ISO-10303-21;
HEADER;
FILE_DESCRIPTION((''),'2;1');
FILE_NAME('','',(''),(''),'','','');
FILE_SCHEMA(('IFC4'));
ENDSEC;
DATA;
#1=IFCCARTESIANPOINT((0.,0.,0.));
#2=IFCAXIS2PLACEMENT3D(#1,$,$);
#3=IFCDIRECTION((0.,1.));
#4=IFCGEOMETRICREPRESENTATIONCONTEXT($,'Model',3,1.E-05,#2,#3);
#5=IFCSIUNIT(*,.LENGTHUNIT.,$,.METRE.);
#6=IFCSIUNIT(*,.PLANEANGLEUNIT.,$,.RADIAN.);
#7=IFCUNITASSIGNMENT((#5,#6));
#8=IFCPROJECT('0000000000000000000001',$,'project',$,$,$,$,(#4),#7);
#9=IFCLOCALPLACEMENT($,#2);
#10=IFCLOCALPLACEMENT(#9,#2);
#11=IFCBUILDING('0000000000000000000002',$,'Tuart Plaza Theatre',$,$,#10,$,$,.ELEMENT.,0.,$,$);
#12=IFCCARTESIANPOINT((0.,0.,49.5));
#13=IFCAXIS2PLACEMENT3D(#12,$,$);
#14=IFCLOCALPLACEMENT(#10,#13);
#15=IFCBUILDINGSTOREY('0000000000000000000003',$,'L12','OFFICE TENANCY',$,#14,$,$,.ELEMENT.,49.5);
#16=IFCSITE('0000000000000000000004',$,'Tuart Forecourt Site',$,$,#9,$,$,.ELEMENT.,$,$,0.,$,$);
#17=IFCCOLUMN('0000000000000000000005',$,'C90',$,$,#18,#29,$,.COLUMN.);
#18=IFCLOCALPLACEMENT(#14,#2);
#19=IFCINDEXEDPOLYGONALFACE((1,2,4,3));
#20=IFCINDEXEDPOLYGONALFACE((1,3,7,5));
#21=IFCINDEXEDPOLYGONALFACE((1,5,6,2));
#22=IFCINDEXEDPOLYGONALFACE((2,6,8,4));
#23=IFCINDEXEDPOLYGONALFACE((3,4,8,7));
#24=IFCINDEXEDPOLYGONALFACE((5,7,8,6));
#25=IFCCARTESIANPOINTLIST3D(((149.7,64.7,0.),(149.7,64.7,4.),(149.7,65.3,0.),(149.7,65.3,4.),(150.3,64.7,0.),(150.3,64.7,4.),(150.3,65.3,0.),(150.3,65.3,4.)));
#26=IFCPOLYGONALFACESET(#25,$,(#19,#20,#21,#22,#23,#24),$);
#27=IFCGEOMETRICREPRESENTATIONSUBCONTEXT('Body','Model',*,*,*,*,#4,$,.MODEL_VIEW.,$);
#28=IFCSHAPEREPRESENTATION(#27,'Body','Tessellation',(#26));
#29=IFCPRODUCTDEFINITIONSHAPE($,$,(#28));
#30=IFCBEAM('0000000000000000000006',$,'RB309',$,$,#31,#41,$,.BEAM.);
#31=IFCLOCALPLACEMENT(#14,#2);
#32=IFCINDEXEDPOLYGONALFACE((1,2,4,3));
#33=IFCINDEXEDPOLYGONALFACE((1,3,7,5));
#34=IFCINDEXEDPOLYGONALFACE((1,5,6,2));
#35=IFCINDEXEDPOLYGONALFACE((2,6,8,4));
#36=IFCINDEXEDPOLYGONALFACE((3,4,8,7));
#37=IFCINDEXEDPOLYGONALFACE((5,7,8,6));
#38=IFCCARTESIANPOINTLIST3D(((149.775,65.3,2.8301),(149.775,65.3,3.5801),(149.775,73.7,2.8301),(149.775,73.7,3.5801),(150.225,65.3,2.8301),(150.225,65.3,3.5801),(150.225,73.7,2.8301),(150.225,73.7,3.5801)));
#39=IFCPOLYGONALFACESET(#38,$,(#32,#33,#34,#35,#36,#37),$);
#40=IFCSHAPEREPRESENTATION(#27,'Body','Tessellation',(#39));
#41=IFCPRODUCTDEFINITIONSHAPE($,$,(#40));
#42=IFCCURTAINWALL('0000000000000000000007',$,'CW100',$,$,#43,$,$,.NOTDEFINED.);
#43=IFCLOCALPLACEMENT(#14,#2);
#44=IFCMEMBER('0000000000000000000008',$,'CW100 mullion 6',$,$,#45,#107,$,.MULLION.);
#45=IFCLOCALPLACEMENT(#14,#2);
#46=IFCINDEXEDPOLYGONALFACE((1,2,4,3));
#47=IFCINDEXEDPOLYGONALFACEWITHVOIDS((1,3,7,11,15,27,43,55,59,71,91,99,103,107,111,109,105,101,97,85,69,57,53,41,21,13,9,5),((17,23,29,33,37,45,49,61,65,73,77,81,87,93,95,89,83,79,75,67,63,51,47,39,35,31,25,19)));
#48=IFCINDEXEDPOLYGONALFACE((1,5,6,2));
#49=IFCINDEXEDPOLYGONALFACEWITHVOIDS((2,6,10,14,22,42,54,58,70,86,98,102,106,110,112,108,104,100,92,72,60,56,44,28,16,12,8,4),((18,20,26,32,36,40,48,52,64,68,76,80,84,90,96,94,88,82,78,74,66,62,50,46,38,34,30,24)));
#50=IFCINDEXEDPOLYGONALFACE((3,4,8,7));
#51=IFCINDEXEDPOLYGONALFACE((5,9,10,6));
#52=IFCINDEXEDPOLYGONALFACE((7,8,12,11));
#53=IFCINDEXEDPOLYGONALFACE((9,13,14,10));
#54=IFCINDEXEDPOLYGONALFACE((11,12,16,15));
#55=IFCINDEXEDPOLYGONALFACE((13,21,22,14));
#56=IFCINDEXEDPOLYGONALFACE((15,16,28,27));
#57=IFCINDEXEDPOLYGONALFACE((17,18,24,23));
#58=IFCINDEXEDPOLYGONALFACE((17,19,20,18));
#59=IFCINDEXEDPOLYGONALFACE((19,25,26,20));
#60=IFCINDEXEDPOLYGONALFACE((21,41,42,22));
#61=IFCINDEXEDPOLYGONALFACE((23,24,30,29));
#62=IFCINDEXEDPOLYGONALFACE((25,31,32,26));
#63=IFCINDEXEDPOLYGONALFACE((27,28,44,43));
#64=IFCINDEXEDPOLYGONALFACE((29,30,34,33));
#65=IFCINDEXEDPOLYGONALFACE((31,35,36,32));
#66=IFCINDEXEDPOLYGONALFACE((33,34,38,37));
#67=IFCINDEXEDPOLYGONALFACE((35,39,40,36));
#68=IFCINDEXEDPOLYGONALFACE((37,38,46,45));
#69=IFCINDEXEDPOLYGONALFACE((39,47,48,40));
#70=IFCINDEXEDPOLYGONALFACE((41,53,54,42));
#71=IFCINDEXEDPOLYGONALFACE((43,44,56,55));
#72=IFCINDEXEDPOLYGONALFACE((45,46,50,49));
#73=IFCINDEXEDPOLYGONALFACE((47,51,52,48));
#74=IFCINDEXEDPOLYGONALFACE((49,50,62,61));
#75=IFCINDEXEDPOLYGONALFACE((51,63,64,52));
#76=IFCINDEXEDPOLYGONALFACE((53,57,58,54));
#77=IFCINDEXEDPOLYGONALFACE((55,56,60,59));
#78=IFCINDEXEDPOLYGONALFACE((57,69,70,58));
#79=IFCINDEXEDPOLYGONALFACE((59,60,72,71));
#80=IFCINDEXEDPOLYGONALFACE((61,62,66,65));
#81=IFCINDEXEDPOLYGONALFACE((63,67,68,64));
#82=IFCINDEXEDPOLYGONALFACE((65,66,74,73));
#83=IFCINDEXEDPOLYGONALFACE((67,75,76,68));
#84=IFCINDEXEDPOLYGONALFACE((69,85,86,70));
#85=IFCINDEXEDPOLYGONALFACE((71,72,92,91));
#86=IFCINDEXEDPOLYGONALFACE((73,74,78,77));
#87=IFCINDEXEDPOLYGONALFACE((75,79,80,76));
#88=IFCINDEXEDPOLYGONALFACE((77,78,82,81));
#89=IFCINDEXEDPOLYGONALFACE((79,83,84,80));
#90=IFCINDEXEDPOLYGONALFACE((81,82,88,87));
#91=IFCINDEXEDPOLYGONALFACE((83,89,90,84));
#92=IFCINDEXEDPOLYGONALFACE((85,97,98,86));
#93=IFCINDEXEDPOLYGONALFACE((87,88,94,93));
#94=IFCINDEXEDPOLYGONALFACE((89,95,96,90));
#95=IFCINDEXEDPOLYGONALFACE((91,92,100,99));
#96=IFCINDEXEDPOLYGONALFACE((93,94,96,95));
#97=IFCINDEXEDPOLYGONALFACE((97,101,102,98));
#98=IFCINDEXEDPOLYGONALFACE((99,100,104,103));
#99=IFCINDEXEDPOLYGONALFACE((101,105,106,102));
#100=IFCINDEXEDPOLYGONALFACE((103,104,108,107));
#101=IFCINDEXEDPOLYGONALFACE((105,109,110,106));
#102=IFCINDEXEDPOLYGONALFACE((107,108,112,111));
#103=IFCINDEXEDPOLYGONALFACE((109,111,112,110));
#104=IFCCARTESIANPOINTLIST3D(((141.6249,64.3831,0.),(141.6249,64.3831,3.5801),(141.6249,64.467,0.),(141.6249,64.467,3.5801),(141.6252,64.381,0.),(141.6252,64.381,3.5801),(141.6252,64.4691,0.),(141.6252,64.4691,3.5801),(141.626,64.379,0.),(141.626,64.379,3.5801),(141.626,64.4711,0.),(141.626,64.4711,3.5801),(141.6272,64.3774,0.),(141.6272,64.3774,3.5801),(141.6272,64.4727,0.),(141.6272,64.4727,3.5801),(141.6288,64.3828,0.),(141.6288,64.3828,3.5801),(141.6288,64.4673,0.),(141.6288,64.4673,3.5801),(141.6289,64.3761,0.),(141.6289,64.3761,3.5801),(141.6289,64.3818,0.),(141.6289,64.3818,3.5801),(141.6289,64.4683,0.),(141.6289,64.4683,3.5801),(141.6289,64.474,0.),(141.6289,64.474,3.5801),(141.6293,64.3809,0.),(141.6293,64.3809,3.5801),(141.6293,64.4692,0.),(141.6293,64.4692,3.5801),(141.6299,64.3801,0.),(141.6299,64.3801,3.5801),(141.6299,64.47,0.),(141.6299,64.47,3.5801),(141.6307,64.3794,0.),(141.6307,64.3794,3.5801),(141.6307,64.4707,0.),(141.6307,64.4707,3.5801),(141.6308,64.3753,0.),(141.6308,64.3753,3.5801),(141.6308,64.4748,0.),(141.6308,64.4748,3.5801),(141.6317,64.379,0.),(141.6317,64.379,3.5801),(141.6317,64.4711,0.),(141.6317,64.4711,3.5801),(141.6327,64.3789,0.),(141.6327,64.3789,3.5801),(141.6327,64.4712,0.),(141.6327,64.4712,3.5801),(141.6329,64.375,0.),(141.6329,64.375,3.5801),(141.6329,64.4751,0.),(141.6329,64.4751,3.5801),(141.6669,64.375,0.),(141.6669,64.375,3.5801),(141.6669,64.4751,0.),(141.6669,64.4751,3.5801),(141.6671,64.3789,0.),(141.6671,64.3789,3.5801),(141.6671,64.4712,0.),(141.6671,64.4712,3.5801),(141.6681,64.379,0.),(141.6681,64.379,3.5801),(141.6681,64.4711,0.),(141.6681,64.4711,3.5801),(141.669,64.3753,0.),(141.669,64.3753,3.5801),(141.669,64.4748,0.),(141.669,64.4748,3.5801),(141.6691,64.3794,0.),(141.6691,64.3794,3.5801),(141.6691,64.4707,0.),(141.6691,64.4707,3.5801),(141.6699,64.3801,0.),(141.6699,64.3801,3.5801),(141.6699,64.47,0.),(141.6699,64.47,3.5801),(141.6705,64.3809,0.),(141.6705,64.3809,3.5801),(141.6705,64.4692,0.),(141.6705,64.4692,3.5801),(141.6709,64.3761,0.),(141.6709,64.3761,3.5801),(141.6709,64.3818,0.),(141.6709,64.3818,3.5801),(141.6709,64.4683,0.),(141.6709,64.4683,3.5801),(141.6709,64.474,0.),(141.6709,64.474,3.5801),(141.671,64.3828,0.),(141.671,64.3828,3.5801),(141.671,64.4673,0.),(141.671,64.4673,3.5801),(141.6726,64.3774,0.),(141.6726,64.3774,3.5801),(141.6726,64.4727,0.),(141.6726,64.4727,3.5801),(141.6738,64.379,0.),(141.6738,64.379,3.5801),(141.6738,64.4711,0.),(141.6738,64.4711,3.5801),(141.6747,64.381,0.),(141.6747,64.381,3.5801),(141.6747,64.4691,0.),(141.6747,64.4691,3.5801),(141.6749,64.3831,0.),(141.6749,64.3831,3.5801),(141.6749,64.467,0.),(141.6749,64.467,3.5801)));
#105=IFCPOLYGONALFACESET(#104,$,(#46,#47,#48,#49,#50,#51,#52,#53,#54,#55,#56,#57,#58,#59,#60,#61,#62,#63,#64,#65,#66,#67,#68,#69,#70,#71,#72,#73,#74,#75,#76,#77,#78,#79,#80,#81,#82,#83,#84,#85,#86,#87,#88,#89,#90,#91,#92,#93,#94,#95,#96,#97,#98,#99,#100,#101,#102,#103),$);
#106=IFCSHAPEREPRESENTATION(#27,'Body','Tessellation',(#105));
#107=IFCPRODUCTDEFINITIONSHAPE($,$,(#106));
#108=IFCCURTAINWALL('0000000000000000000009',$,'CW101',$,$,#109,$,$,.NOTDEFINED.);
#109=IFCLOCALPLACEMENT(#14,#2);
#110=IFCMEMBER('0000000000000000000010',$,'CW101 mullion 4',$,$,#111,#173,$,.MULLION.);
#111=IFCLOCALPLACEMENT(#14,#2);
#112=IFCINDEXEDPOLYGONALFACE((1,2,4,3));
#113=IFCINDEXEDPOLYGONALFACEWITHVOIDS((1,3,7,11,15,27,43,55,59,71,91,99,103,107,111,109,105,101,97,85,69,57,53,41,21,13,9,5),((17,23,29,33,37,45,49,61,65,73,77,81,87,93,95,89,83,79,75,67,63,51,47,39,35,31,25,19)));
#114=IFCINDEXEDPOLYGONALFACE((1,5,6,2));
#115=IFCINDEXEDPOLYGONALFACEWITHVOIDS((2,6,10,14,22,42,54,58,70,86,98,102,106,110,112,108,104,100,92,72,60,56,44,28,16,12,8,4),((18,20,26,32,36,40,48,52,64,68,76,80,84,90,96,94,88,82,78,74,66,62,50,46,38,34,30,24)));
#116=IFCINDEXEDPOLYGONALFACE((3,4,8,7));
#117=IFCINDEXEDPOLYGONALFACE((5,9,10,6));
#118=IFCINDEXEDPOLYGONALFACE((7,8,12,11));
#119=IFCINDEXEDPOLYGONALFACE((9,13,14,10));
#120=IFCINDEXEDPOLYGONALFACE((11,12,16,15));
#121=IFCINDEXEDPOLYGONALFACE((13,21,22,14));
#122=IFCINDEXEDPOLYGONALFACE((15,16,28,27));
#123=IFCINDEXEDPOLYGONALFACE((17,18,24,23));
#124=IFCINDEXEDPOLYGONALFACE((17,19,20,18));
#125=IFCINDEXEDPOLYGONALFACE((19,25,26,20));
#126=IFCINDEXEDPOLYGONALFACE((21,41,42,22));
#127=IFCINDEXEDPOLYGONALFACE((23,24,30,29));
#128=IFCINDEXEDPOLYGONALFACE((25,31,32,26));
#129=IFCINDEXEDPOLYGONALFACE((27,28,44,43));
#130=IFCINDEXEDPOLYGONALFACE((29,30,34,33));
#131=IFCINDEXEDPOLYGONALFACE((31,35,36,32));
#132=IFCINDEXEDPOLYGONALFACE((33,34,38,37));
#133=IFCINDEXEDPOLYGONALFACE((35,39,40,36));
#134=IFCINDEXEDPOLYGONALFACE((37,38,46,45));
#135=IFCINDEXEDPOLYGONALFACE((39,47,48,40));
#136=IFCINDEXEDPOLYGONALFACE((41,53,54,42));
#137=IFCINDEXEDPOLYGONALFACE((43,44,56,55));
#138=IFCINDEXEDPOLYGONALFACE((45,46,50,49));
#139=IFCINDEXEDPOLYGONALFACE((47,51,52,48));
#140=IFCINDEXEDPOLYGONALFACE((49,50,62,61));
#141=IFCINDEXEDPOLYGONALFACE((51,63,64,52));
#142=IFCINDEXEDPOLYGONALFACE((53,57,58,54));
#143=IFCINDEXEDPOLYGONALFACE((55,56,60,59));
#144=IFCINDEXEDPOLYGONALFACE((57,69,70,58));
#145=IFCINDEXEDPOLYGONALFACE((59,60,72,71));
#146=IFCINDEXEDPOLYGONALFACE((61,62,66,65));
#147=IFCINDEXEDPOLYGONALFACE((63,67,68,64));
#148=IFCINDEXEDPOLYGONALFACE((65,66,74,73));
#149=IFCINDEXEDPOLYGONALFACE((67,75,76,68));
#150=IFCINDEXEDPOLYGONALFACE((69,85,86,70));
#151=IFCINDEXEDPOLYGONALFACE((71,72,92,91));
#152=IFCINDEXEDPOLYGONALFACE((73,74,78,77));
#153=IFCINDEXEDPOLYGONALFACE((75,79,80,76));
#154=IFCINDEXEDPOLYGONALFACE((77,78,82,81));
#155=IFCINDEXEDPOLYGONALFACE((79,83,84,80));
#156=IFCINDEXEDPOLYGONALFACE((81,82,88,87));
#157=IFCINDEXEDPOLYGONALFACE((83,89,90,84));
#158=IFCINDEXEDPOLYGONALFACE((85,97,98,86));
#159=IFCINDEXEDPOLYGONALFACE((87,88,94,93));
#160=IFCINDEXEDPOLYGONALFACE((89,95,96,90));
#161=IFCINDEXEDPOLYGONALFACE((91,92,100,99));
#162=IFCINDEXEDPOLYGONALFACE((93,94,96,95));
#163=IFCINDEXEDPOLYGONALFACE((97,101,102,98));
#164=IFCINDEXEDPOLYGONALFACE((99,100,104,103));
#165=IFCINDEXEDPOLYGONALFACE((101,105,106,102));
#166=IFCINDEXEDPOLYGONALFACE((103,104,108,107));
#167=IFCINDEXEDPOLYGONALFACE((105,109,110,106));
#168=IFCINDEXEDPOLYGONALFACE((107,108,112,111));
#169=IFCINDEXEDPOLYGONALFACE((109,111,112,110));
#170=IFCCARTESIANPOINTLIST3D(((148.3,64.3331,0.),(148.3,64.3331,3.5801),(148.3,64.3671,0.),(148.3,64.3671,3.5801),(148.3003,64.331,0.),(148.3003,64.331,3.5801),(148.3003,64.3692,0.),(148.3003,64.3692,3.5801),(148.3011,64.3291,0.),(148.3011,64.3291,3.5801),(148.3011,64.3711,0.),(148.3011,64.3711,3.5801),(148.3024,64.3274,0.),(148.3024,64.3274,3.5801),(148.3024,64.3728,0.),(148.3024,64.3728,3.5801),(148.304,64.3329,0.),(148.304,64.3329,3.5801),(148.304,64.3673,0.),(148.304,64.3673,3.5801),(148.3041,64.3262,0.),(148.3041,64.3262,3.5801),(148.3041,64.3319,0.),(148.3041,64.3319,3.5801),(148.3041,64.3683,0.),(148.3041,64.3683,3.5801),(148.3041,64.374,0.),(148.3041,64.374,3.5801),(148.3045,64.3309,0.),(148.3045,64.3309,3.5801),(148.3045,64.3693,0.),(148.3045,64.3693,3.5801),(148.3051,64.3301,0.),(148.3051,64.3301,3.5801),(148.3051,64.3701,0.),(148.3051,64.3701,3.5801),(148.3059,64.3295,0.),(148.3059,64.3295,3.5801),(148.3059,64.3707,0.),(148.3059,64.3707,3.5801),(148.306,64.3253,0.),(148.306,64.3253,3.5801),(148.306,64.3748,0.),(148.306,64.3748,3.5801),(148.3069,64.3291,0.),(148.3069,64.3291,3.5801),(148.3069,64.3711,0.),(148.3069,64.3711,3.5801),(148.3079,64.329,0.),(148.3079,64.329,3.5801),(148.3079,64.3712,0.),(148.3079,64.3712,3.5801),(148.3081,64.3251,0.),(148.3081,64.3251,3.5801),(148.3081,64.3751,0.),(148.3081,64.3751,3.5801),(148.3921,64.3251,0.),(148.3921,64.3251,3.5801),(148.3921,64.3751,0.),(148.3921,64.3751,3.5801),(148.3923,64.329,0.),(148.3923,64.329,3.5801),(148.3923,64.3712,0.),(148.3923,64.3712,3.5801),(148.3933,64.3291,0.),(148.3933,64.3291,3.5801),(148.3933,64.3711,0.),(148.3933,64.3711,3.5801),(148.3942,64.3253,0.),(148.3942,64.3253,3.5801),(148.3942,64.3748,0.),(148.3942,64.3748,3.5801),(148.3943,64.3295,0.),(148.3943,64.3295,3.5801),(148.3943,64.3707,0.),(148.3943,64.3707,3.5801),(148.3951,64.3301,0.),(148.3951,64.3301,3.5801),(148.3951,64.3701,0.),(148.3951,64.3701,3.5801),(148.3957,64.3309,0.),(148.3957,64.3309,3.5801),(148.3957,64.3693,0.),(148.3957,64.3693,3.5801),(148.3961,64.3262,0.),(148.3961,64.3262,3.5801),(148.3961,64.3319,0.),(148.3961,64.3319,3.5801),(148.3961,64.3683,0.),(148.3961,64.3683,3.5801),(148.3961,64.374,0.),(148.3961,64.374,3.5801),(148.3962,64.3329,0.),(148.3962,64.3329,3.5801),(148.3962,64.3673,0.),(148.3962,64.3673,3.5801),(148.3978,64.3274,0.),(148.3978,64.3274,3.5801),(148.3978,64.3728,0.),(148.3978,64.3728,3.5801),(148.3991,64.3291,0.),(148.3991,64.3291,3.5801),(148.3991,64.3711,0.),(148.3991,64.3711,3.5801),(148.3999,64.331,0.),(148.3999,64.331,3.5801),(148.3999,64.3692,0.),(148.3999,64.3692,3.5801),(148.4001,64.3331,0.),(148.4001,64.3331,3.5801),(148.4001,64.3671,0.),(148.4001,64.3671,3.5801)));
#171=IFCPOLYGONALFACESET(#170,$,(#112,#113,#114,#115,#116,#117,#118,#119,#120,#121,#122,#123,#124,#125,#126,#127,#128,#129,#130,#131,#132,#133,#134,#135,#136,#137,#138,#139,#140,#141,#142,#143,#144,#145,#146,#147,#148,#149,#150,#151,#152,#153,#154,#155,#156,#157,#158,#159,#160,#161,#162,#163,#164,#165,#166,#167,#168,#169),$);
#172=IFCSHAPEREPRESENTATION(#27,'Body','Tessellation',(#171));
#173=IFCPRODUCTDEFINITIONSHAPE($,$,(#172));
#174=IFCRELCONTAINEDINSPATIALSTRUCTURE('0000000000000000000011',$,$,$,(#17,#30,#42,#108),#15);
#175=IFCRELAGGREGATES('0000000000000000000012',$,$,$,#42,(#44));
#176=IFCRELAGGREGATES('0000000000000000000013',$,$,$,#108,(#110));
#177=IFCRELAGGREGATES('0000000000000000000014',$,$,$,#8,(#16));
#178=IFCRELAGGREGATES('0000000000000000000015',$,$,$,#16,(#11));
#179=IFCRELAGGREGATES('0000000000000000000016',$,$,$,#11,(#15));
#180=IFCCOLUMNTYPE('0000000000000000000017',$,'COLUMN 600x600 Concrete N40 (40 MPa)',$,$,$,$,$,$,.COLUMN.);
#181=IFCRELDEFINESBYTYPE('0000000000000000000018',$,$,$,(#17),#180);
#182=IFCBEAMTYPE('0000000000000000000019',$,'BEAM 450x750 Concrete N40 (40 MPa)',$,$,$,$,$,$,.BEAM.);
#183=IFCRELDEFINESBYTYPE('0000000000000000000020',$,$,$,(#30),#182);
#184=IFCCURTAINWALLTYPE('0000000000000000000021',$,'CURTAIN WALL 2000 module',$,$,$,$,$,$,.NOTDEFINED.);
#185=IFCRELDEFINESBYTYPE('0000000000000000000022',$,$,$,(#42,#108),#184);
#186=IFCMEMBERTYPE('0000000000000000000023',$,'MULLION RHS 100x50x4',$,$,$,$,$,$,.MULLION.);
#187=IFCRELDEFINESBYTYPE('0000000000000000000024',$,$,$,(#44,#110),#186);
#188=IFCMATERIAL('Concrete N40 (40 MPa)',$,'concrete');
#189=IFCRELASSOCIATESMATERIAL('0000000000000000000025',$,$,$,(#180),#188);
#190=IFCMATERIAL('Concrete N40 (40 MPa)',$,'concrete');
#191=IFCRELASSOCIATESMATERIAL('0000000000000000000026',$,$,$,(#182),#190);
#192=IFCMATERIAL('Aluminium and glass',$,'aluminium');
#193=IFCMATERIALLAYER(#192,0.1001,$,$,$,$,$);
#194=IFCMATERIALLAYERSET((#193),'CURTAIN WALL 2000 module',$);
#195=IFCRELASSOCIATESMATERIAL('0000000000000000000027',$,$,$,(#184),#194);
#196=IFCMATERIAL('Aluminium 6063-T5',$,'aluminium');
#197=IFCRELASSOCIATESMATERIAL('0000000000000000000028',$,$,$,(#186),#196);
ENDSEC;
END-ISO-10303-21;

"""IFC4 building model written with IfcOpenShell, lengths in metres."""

from ifc_helpers import new_model, si_unit, direction, frame, origin, origin_2d, place, context, subcontext, project, spatial, rectangle, hollow_rectangle, extrude, material, layer, layer_set, material_profile, profile_set, type_object, element, aggregate, save


model = new_model("IFC4")

# Units and contexts
model_context = context("Model", 3, precision=1e-05, world=origin(), true_north=direction((0.0, 1.0)))
body_context = subcontext(model_context, "Body", "Model", "MODEL_VIEW")
ifc_project = project(units=[si_unit("LENGTHUNIT", "METRE"), si_unit("PLANEANGLEUNIT", "RADIAN")], contexts=[model_context])

# Site, building, storey
site_placement = place(None, origin())
site = spatial("IfcSite", under=ifc_project, at=site_placement, Name="Tuart Forecourt Site", CompositionType="ELEMENT", RefElevation=0.0)
building_placement = place(site_placement, origin())
building = spatial("IfcBuilding", under=site, at=building_placement, Name="Tuart Plaza Theatre", CompositionType="ELEMENT", ElevationOfRefHeight=0.0)
storey_placement = place(building_placement, frame((0.0, 0.0, 49.5)))
storey = spatial("IfcBuildingStorey", under=building, at=storey_placement, Name="L12", Description="OFFICE TENANCY", CompositionType="ELEMENT", Elevation=49.5)

# Column
ifc_material_1 = material(Name="Concrete N40 (40 MPa)", Category="concrete")
ifc_material_profile_1 = material_profile(ifc_material_1, rectangle(XDim=0.6001, YDim=0.6001, at=origin_2d()), Name="COLUMN 600x600 Concrete N40 (40 MPa)")
ifc_profile_set_1 = profile_set([ifc_material_profile_1], Name="Concrete N40 (40 MPa)")
column_type = type_object("IfcColumnType", Name="COLUMN 600x600 Concrete N40 (40 MPa)", PredefinedType="COLUMN", material=ifc_profile_set_1)
column_placement = place(storey_placement, frame((150.0, 65.0, 0.0), z_axis=(0.0, 0.0, 1.0), x_axis=(1.0, 0.0, 0.0)))
element("IfcColumn", 1, at=column_placement, inside=storey, type_object=column_type, Name="C90", PredefinedType="COLUMN", context=body_context, shape_type="SweptSolid", body=[
    extrude(rectangle(XDim=0.6001, YDim=0.6001, at=origin_2d()), origin(), (0.0, 0.0, 1.0), 4.0),
])

# Beam
ifc_material_2 = material(Name="Concrete N40 (40 MPa)", Category="concrete")
ifc_material_profile_2 = material_profile(ifc_material_2, rectangle(XDim=0.45, YDim=0.75, at=origin_2d()), Name="BEAM 450x750 Concrete N40 (40 MPa)")
ifc_profile_set_2 = profile_set([ifc_material_profile_2], Name="Concrete N40 (40 MPa)")
beam_type = type_object("IfcBeamType", Name="BEAM 450x750 Concrete N40 (40 MPa)", PredefinedType="BEAM", material=ifc_profile_set_2)
beam_placement = place(storey_placement, frame((150.0, 65.3, 3.2051), z_axis=(0.0, 1.0, 0.0), x_axis=(-1.0, 0.0, 0.0)))
element("IfcBeam", 2, at=beam_placement, inside=storey, type_object=beam_type, Name="RB309", PredefinedType="BEAM", context=body_context, shape_type="SweptSolid", body=[
    extrude(rectangle(XDim=0.45, YDim=0.75, at=origin_2d()), origin(), (0.0, 0.0, 1.0), 8.3999),
])

# Curtain wall, member
ifc_material_3 = material(Name="Aluminium and glass", Category="aluminium")
ifc_layer_1 = layer(ifc_material_3, 0.1001)
ifc_layer_set_1 = layer_set([ifc_layer_1], Name="CURTAIN WALL 2000 module")
curtain_wall_type = type_object("IfcCurtainWallType", Name="CURTAIN WALL 2000 module", PredefinedType="NOTDEFINED", material=ifc_layer_set_1)
curtain_wall_1_placement = place(storey_placement, origin())
curtain_wall_1 = element("IfcCurtainWall", 3, at=curtain_wall_1_placement, inside=storey, type_object=curtain_wall_type, Name="CW100", PredefinedType="NOTDEFINED")
ifc_material_4 = material(Name="Aluminium 6063-T5", Category="aluminium")
ifc_material_profile_3 = material_profile(ifc_material_4, hollow_rectangle(XDim=0.05, YDim=0.1001, WallThickness=0.0039, InnerFilletRadius=0.0039, OuterFilletRadius=0.0081, at=origin_2d()), Name="RHS 100x50x4")
ifc_profile_set_3 = profile_set([ifc_material_profile_3], Name="Aluminium 6063-T5")
member_type_1 = type_object("IfcMemberType", Name="MULLION RHS 100x50x4", PredefinedType="MULLION", material=ifc_profile_set_3)
member_1_placement = place(storey_placement, frame((141.6499, 64.425, 0.0), z_axis=(0.0, 0.0, 1.0), x_axis=(-1.0, 0.0, 0.0)))
member_1 = element("IfcMember", 4, at=member_1_placement, type_object=member_type_1, Name="CW100 mullion 6", PredefinedType="MULLION", context=body_context, shape_type="SweptSolid", body=[
    extrude(hollow_rectangle(XDim=0.05, YDim=0.1001, WallThickness=0.0039, InnerFilletRadius=0.0039, OuterFilletRadius=0.0081, at=origin_2d()), origin(), (0.0, 0.0, 1.0), 3.5801),
])
aggregate(curtain_wall_1, [member_1])

# Curtain wall, member
curtain_wall_2_placement = place(storey_placement, origin())
curtain_wall_2 = element("IfcCurtainWall", 5, at=curtain_wall_2_placement, inside=storey, type_object=curtain_wall_type, Name="CW101", PredefinedType="NOTDEFINED")
member_2_placement = place(storey_placement, frame((148.3501, 64.3501, 0.0), z_axis=(0.0, 0.0, 1.0), x_axis=(0.0, 1.0, 0.0)))
member_2 = element("IfcMember", 6, at=member_2_placement, type_object=member_type_1, Name="CW101 mullion 4", PredefinedType="MULLION", context=body_context, shape_type="SweptSolid", body=[
    extrude(hollow_rectangle(XDim=0.05, YDim=0.1001, WallThickness=0.0039, InnerFilletRadius=0.0039, OuterFilletRadius=0.0081, at=origin_2d()), origin(), (0.0, 0.0, 1.0), 3.5801),
])

aggregate(curtain_wall_2, [member_2])

save(model, "model.ifc")
